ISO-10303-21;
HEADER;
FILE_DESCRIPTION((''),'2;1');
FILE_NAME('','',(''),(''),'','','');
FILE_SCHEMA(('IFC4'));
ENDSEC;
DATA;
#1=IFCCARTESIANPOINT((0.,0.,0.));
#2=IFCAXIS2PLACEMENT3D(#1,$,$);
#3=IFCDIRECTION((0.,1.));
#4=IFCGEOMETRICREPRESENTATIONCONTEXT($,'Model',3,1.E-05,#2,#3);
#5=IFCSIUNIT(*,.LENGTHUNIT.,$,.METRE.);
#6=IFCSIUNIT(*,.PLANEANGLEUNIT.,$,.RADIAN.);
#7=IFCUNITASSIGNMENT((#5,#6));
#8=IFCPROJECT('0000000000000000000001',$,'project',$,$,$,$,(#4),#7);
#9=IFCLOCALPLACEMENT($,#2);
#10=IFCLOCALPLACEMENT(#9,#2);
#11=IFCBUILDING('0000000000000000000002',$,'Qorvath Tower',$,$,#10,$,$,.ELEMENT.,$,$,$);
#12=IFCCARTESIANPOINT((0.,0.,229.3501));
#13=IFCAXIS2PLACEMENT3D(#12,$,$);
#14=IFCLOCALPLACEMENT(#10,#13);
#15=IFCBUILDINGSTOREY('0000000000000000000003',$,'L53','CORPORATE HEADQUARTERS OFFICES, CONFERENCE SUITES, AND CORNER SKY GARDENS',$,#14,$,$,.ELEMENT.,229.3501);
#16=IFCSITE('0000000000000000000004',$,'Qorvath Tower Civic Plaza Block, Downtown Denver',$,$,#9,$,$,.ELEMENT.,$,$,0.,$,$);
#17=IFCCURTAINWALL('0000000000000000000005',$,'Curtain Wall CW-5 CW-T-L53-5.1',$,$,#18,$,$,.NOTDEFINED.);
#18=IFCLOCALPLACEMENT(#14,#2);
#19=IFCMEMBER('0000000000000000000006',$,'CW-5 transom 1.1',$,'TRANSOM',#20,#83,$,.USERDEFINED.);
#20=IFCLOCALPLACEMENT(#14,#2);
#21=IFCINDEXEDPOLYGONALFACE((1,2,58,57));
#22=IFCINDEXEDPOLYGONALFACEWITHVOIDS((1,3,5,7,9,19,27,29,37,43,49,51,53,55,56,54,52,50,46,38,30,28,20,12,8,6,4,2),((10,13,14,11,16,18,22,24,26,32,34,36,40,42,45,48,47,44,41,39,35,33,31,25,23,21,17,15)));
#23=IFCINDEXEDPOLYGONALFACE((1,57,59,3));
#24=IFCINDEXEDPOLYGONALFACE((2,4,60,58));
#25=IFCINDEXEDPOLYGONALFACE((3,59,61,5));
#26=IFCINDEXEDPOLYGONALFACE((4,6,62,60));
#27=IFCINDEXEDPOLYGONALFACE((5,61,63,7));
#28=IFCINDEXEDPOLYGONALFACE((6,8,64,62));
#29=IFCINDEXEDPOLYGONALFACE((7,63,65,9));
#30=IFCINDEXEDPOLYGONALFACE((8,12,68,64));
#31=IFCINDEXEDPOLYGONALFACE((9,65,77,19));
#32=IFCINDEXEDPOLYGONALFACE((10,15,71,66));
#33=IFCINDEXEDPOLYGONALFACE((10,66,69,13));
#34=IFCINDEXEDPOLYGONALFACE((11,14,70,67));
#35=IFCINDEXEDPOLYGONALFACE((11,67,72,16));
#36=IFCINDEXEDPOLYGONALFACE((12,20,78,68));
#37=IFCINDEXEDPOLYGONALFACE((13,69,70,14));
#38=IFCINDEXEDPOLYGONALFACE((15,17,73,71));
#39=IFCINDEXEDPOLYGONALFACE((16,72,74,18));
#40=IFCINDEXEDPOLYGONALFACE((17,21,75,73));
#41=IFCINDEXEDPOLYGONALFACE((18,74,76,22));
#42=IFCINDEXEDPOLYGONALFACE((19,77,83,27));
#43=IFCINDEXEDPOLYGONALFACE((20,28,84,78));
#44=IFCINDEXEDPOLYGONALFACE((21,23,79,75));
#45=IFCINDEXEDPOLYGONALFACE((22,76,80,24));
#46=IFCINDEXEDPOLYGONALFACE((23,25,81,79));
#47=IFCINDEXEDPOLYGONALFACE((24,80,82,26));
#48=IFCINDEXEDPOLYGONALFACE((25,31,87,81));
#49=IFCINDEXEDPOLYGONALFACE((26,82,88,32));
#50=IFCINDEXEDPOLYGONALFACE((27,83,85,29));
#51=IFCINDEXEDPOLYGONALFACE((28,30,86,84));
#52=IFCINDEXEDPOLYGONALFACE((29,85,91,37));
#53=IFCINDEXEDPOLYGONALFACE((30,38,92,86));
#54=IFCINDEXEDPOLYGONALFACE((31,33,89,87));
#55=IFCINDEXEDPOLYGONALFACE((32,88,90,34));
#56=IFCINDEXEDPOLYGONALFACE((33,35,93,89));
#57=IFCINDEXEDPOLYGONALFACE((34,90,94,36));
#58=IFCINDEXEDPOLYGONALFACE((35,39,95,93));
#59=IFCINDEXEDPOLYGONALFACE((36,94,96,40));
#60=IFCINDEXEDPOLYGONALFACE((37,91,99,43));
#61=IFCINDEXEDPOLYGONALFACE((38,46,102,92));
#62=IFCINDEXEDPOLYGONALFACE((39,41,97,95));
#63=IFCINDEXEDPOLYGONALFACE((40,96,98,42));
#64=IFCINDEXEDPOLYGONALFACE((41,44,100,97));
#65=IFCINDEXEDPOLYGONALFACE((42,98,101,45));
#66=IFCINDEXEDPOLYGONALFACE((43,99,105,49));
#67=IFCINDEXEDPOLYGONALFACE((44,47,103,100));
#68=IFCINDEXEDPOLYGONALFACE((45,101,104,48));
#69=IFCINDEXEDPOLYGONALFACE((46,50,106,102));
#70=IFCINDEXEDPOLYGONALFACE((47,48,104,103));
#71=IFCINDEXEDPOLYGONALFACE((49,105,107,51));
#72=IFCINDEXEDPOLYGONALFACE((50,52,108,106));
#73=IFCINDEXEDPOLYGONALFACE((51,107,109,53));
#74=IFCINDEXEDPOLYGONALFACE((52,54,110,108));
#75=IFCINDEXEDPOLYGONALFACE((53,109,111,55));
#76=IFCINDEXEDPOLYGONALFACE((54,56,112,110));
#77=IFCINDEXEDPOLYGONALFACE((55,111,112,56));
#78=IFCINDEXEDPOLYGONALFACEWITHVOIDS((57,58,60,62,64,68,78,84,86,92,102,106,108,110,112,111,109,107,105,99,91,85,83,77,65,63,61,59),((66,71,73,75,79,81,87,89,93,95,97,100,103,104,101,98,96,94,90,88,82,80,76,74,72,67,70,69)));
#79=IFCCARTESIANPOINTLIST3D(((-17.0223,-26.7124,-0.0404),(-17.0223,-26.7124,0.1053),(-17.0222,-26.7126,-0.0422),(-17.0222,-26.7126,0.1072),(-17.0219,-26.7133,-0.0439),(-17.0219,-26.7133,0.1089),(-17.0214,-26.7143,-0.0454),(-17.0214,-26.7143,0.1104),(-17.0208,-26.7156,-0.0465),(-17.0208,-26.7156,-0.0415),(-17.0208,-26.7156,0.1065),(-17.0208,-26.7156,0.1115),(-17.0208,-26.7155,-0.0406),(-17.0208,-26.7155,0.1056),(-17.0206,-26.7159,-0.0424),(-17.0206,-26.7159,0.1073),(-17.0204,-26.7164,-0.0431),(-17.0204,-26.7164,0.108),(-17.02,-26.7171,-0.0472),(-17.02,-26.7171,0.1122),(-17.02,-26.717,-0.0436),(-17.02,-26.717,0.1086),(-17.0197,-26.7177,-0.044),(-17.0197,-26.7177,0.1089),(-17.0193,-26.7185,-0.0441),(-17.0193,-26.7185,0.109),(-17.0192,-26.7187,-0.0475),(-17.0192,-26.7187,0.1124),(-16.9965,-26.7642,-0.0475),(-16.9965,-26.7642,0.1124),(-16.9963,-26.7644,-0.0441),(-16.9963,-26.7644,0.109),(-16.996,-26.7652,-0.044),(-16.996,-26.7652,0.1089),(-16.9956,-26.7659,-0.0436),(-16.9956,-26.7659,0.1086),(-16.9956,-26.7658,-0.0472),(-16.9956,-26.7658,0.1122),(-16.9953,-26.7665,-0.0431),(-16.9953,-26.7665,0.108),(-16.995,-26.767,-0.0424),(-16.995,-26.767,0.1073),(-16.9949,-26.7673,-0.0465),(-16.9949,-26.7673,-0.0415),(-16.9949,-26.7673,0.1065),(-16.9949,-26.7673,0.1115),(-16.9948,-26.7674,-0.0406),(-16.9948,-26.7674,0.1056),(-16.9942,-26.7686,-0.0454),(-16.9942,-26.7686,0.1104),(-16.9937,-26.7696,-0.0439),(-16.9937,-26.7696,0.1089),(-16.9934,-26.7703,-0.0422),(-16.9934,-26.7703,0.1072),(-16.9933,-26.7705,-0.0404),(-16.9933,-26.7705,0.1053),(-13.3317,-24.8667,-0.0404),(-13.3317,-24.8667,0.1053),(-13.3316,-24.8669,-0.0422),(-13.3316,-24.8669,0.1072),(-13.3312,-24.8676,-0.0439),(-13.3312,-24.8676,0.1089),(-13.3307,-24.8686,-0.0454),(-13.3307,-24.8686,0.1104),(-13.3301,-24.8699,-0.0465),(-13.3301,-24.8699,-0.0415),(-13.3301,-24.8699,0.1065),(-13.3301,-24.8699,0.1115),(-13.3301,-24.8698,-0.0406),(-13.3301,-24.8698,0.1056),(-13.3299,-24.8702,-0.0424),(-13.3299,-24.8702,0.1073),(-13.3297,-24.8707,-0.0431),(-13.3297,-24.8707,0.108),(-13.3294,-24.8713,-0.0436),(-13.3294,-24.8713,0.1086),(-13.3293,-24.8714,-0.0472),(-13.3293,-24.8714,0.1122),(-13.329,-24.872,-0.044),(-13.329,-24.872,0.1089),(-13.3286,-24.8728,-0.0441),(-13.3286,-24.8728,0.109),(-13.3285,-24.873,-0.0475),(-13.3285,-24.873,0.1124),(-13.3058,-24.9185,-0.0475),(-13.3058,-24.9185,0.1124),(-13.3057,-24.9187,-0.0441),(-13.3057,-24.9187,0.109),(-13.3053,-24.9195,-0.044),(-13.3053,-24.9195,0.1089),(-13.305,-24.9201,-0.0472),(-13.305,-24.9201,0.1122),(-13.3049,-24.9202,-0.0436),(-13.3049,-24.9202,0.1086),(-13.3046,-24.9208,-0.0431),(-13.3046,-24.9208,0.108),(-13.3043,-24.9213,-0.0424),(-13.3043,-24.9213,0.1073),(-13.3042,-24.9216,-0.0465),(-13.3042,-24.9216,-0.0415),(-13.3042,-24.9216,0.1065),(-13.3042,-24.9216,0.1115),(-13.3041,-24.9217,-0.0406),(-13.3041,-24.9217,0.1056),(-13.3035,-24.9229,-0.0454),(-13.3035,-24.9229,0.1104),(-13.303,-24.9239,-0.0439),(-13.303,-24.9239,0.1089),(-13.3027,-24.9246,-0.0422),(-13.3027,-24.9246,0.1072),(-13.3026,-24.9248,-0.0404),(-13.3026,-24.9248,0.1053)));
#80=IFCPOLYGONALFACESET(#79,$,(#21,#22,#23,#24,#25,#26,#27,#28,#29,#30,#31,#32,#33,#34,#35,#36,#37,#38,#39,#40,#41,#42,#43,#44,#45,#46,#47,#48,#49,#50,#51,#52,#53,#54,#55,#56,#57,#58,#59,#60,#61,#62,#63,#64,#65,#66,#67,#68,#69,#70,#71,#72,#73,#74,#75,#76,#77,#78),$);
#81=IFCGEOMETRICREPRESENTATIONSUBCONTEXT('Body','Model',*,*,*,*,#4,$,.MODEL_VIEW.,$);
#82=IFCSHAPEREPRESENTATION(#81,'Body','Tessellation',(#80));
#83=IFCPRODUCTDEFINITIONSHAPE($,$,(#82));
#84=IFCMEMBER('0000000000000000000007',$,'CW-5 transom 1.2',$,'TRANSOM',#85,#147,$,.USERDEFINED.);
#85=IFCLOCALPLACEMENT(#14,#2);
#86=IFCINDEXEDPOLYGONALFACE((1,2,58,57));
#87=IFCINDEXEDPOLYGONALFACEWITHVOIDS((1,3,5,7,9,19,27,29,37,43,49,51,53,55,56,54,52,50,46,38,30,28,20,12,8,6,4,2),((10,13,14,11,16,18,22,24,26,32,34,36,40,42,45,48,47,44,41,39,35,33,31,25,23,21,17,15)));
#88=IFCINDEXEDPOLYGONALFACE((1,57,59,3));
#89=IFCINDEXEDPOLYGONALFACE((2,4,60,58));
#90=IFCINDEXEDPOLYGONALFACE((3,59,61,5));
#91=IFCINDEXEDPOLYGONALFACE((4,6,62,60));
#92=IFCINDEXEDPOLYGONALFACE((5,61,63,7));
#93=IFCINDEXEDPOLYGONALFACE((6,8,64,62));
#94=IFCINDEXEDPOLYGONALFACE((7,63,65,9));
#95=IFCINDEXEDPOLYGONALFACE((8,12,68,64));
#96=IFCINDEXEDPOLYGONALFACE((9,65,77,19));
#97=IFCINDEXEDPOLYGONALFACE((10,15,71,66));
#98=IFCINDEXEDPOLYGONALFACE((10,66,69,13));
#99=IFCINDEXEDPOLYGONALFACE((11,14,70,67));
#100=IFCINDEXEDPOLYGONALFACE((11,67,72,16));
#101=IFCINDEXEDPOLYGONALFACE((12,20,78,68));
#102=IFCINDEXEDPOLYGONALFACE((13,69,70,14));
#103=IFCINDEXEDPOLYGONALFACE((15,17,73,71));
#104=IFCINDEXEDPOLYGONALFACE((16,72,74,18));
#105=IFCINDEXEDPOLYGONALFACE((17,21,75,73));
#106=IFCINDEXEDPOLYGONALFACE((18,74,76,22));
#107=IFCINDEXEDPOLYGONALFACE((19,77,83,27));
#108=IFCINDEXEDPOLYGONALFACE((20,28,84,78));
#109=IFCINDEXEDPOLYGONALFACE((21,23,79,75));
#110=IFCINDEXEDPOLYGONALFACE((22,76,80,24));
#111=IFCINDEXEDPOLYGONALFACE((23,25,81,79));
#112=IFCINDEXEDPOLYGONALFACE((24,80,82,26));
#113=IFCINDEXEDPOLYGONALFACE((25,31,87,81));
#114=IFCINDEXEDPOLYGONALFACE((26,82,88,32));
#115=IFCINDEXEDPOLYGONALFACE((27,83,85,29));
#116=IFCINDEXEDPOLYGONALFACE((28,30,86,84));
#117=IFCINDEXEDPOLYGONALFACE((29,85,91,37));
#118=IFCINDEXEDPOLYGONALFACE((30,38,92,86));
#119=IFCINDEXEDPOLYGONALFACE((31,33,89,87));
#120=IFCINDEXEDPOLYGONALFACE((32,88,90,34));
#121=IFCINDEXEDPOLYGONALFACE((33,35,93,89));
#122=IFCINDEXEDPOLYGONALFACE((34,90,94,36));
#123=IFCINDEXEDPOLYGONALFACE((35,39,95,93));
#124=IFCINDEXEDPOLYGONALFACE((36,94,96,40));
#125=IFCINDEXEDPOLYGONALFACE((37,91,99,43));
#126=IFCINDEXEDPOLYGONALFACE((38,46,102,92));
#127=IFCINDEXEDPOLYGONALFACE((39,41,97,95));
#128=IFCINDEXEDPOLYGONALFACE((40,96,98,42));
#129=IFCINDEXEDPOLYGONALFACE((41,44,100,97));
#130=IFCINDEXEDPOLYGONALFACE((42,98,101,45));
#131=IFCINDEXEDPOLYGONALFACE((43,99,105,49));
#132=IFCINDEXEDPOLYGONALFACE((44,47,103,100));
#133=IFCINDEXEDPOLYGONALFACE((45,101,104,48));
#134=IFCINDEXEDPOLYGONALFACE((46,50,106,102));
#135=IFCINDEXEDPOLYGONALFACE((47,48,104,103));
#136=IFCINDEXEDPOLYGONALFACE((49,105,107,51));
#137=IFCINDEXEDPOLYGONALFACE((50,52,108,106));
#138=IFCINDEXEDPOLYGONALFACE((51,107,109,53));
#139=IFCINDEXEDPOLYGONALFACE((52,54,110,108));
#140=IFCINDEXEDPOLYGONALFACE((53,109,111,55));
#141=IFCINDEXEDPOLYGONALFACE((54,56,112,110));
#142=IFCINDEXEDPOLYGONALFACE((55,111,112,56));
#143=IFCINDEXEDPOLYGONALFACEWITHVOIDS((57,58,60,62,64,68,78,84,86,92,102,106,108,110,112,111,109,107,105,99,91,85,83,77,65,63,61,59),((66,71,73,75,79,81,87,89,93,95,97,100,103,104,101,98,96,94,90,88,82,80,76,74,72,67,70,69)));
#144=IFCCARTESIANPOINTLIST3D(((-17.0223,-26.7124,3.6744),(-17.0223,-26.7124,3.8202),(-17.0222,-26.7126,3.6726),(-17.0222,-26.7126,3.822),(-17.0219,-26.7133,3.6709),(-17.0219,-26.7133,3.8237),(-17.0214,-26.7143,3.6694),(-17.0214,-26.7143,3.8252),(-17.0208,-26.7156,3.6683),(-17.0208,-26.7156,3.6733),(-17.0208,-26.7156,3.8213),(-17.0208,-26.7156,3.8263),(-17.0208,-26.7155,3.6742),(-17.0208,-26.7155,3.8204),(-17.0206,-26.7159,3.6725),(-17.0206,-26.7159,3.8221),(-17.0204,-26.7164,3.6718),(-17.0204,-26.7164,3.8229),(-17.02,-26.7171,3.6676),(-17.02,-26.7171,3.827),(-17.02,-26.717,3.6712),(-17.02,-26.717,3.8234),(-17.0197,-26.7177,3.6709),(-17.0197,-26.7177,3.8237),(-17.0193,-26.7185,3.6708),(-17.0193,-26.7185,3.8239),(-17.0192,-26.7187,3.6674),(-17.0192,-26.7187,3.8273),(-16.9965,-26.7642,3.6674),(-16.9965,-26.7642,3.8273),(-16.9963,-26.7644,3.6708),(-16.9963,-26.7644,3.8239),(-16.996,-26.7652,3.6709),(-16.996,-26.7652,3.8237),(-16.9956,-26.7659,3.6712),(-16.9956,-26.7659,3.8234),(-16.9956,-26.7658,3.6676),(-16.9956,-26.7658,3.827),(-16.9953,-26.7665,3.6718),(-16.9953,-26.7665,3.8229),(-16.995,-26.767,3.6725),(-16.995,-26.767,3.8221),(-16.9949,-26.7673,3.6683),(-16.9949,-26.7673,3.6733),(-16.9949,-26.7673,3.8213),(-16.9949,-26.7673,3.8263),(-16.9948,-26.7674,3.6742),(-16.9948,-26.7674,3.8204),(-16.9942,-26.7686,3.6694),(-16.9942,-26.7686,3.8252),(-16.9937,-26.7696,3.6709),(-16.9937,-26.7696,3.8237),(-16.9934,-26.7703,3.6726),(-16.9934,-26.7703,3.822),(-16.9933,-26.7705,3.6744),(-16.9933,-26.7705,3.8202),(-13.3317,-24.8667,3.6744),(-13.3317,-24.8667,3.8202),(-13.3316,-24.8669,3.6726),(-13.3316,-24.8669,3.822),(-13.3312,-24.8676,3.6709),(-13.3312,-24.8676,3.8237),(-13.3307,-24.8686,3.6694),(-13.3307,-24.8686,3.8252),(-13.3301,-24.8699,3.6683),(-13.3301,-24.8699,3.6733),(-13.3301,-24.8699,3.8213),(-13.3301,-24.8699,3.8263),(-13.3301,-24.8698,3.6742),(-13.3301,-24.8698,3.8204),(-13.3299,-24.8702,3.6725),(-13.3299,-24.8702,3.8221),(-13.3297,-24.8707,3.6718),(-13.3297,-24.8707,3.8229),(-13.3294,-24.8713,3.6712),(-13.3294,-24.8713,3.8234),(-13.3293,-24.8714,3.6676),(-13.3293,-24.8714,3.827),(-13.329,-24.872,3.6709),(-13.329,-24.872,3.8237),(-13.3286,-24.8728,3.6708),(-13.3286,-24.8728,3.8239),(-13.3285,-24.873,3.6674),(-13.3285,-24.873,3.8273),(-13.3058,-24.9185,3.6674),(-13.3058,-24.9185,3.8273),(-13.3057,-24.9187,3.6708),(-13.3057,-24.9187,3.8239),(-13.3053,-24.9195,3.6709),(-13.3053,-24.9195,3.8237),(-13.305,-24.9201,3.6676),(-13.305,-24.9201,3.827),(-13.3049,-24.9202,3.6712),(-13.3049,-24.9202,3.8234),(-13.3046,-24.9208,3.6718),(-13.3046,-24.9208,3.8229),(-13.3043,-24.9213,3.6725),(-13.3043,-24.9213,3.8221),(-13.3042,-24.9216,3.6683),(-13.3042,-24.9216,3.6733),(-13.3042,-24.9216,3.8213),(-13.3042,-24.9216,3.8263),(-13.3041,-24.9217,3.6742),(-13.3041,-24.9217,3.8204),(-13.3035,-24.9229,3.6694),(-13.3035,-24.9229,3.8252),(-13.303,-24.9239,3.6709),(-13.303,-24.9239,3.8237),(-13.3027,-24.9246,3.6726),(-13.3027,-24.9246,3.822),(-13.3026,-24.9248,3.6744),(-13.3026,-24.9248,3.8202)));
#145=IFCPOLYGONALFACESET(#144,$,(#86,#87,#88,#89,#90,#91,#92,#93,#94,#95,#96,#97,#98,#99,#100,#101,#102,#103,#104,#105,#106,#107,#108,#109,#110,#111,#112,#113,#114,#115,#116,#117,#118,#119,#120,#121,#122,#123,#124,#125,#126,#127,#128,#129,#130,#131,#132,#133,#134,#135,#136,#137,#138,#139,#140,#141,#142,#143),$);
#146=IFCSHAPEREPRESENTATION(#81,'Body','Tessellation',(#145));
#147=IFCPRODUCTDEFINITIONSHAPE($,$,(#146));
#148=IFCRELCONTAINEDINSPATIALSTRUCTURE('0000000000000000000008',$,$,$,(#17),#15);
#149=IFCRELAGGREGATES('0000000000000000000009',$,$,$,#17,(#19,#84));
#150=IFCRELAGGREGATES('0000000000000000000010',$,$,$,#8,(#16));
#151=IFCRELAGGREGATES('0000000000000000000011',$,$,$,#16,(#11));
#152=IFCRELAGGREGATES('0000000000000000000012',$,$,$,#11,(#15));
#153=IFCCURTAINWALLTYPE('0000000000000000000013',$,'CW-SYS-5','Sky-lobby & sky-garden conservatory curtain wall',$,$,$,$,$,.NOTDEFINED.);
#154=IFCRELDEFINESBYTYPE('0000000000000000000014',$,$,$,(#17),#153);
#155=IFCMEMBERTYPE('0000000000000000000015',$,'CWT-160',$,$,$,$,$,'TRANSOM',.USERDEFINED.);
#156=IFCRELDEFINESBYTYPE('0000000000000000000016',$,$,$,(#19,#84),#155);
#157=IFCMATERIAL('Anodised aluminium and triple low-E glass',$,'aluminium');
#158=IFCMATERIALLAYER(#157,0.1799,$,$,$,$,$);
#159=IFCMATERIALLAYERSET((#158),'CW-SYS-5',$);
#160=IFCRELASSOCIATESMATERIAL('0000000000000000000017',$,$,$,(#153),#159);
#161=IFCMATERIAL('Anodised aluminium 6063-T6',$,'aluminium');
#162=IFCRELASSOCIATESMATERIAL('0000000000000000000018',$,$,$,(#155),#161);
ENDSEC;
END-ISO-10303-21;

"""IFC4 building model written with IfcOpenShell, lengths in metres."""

from ifc_helpers import new_model, si_unit, direction, frame, origin, origin_2d, place, context, subcontext, project, spatial, hollow_rectangle, extrude, material, layer, layer_set, material_profile, profile_set, type_object, element, aggregate, save


model = new_model("IFC4")

# Units and contexts
model_context = context("Model", 3, precision=1e-05, world=origin(), true_north=direction((0.0, 1.0)))
body_context = subcontext(model_context, "Body", "Model", "MODEL_VIEW")
ifc_project = project(units=[si_unit("LENGTHUNIT", "METRE"), si_unit("PLANEANGLEUNIT", "RADIAN")], contexts=[model_context])

# Site, building, storey
site_placement = place(None, origin())
site = spatial("IfcSite", under=ifc_project, at=site_placement, Name="Qorvath Tower Civic Plaza Block, Downtown Denver", CompositionType="ELEMENT", RefElevation=0.0)
building_placement = place(site_placement, origin())
building = spatial("IfcBuilding", under=site, at=building_placement, Name="Qorvath Tower", CompositionType="ELEMENT")
storey_placement = place(building_placement, frame((0.0, 0.0, 229.3501)))
storey = spatial("IfcBuildingStorey", under=building, at=storey_placement, Name="L53", Description="CORPORATE HEADQUARTERS OFFICES, CONFERENCE SUITES, AND CORNER SKY GARDENS", CompositionType="ELEMENT", Elevation=229.3501)

# Shared definitions
ifc_material_1 = material(Name="Anodised aluminium and triple low-E glass", Category="aluminium")
ifc_layer_1 = layer(ifc_material_1, 0.1799)
ifc_layer_set_1 = layer_set([ifc_layer_1], Name="CW-SYS-5")
curtain_wall_type = type_object("IfcCurtainWallType", Name="CW-SYS-5", Description="Sky-lobby & sky-garden conservatory curtain wall", PredefinedType="NOTDEFINED", material=ifc_layer_set_1)

# Curtain wall
curtain_wall_1_placement = place(storey_placement, origin())
curtain_wall_1 = element("IfcCurtainWall", 1, at=curtain_wall_1_placement, inside=storey, type_object=curtain_wall_type, Name="Curtain Wall CW-5 CW-T-L53-5.1", PredefinedType="NOTDEFINED")

# Members
ifc_material_2 = material(Name="Anodised aluminium 6063-T6", Category="aluminium")
ifc_material_profile_1 = material_profile(ifc_material_2, hollow_rectangle(XDim=0.0649, YDim=0.1599, WallThickness=0.0034, InnerFilletRadius=0.0034, OuterFilletRadius=0.0071, at=origin_2d()), Name="CWT 160x65")
ifc_profile_set_1 = profile_set([ifc_material_profile_1], Name="Anodised aluminium 6063-T6")
member_type_1 = type_object("IfcMemberType", Name="CWT-160", ElementType="TRANSOM", PredefinedType="USERDEFINED", material=ifc_profile_set_1)
member_1_placement = place(storey_placement, frame((-17.0078, -26.7415, 0.0325), z_axis=(0.894392, 0.447285, 0.0), x_axis=(-0.447285, 0.894392, 0.0)))
member_1 = element("IfcMember", 2, at=member_1_placement, type_object=member_type_1, Name="CW-5 transom 1.1", ObjectType="TRANSOM", PredefinedType="USERDEFINED", context=body_context, shape_type="SweptSolid", body=[
    extrude(hollow_rectangle(XDim=0.0649, YDim=0.1599, WallThickness=0.0034, InnerFilletRadius=0.0034, OuterFilletRadius=0.0071, at=origin_2d()), origin(), (0.0, 0.0, 1.0), 4.1265),
])
member_2_placement = place(storey_placement, frame((-17.0078, -26.7415, 3.7473), z_axis=(0.894392, 0.447285, 0.0), x_axis=(-0.447285, 0.894392, 0.0)))
member_2 = element("IfcMember", 3, at=member_2_placement, type_object=member_type_1, Name="CW-5 transom 1.2", ObjectType="TRANSOM", PredefinedType="USERDEFINED", context=body_context, shape_type="SweptSolid", body=[
    extrude(hollow_rectangle(XDim=0.0649, YDim=0.1599, WallThickness=0.0034, InnerFilletRadius=0.0034, OuterFilletRadius=0.0071, at=origin_2d()), origin(), (0.0, 0.0, 1.0), 4.1265),
])

aggregate(curtain_wall_1, [member_1, member_2])

save(model, "model.ifc")
